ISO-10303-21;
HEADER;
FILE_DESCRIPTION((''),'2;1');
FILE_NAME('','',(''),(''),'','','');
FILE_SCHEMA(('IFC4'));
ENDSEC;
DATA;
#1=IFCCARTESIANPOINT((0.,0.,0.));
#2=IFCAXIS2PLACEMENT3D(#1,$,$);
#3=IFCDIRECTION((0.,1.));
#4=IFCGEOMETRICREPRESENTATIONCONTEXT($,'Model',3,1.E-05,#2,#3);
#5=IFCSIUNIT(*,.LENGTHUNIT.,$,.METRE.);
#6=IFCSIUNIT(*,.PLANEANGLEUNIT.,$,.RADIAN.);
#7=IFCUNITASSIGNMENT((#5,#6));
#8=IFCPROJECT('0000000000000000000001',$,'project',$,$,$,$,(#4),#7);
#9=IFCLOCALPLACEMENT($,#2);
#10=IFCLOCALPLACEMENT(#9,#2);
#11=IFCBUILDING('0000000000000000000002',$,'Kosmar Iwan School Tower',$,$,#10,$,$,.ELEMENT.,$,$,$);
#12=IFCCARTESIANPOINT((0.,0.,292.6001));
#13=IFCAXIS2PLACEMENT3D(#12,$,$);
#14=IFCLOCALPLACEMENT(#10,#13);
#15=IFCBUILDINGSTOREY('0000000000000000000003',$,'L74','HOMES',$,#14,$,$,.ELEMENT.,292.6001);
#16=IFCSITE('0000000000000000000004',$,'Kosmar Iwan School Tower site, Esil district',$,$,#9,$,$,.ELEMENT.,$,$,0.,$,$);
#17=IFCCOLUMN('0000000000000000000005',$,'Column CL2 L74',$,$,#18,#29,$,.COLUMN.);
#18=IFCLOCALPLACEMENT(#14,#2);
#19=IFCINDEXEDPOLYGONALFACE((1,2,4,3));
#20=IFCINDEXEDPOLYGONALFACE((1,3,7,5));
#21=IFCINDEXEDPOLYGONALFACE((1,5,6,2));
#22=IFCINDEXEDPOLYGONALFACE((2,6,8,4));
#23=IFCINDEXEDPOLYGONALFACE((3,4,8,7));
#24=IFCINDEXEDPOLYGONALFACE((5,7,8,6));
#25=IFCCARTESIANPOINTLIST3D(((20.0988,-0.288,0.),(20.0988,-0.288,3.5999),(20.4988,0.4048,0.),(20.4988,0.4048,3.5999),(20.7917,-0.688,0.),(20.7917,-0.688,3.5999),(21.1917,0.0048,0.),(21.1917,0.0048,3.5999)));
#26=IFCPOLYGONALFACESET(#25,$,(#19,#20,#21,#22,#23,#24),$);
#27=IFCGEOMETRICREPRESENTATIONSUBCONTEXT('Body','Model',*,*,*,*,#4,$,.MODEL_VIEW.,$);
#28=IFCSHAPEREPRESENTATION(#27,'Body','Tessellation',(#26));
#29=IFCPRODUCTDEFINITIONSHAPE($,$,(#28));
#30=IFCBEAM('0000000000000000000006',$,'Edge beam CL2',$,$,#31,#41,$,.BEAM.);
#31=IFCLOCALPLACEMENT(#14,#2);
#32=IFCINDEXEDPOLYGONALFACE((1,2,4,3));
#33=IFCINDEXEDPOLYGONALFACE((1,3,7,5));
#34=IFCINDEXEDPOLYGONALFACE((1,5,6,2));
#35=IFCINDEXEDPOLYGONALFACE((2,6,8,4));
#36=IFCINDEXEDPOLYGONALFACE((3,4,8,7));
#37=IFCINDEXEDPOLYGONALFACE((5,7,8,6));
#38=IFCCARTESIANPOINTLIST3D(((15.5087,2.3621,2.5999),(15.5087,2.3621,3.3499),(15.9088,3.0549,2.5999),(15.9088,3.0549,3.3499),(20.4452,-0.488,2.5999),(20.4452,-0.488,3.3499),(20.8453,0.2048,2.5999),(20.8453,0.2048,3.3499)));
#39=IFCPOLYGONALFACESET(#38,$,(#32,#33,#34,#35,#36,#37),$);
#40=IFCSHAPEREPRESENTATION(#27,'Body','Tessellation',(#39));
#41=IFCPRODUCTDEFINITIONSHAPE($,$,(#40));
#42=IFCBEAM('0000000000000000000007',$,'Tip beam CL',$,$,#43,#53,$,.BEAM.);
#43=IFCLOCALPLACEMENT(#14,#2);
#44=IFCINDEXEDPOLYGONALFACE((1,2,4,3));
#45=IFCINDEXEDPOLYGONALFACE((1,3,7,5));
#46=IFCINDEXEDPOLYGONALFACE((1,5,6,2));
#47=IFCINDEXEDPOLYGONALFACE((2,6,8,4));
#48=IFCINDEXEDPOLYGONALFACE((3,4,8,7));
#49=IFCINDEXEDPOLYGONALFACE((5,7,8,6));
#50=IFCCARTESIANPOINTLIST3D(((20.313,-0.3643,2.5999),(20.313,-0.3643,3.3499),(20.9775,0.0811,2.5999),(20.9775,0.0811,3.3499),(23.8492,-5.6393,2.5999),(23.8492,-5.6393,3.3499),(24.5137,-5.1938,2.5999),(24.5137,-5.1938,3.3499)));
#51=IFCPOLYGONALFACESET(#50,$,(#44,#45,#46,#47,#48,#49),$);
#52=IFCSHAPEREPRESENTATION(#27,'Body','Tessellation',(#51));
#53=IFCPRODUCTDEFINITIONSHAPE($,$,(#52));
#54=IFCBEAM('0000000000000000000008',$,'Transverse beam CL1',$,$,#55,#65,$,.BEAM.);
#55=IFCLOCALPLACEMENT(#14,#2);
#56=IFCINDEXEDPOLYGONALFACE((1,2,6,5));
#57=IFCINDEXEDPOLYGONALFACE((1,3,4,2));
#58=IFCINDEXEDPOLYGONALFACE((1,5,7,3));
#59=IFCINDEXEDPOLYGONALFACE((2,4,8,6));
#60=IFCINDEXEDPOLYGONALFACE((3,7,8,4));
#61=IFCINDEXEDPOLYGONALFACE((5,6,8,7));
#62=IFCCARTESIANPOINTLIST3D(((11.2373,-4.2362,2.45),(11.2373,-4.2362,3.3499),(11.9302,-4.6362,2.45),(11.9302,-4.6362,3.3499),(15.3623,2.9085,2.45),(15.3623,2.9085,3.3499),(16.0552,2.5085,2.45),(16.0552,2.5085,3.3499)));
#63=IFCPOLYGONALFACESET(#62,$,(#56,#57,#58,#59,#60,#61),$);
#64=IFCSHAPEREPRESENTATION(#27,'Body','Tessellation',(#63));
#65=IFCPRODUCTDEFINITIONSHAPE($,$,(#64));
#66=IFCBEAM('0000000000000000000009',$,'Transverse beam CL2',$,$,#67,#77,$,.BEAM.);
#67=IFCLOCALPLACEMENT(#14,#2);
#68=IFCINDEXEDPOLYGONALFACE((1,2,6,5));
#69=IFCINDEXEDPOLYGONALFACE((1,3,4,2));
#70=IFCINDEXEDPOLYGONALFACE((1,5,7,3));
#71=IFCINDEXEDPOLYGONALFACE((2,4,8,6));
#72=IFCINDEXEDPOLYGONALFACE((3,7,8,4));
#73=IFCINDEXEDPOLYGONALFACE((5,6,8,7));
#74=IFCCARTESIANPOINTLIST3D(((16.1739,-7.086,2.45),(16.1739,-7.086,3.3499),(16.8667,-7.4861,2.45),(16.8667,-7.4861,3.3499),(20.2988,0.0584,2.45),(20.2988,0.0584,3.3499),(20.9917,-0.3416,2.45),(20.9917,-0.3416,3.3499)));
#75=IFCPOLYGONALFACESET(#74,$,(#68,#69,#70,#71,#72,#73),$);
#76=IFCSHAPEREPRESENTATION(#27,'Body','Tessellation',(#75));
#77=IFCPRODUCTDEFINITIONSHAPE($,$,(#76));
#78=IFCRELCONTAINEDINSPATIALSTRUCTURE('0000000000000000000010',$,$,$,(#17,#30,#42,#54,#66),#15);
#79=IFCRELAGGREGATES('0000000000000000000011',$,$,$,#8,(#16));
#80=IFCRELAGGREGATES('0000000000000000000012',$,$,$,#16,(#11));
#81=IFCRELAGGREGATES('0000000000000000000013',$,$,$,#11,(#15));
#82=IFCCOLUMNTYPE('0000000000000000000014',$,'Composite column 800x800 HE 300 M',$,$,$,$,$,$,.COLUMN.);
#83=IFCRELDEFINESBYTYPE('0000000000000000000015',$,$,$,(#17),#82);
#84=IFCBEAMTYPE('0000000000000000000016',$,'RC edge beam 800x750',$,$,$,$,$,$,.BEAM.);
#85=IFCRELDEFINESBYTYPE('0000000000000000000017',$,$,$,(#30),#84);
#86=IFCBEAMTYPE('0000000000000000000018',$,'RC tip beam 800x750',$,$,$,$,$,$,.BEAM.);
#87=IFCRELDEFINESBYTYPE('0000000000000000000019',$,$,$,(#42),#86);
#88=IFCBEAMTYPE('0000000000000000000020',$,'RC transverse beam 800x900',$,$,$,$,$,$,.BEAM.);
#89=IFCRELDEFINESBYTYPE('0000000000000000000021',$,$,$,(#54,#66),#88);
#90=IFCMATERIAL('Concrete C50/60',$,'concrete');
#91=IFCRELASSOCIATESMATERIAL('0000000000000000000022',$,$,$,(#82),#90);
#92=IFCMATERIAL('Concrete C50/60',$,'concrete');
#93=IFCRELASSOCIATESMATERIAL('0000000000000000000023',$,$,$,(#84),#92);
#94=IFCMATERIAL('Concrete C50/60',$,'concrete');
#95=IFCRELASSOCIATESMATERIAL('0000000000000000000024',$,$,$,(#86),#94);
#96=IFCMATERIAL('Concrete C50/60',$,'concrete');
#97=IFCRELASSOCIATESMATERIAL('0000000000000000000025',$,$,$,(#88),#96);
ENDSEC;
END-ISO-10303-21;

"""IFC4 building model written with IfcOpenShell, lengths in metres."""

from ifc_helpers import new_model, si_unit, direction, frame, origin, origin_2d, place, context, subcontext, project, spatial, rectangle, extrude, material, material_profile, profile_set, type_object, element, save


model = new_model("IFC4")

# Units and contexts
model_context = context("Model", 3, precision=1e-05, world=origin(), true_north=direction((0.0, 1.0)))
body_context = subcontext(model_context, "Body", "Model", "MODEL_VIEW")
ifc_project = project(units=[si_unit("LENGTHUNIT", "METRE"), si_unit("PLANEANGLEUNIT", "RADIAN")], contexts=[model_context])

# Site, building, storey
site_placement = place(None, origin())
site = spatial("IfcSite", under=ifc_project, at=site_placement, Name="Kosmar Iwan School Tower site, Esil district", CompositionType="ELEMENT", RefElevation=0.0)
building_placement = place(site_placement, origin())
building = spatial("IfcBuilding", under=site, at=building_placement, Name="Kosmar Iwan School Tower", CompositionType="ELEMENT")
storey_placement = place(building_placement, frame((0.0, 0.0, 292.6001)))
storey = spatial("IfcBuildingStorey", under=building, at=storey_placement, Name="L74", Description="HOMES", CompositionType="ELEMENT", Elevation=292.6001)

# Column
ifc_material_1 = material(Name="Concrete C50/60", Category="concrete")
ifc_material_profile_1 = material_profile(ifc_material_1, rectangle(XDim=0.8, YDim=0.8, at=origin_2d()), Name="RC 800x800 + HE 300 M")
ifc_profile_set_1 = profile_set([ifc_material_profile_1], Name="Concrete C50/60")
column_type = type_object("IfcColumnType", Name="Composite column 800x800 HE 300 M", PredefinedType="COLUMN", material=ifc_profile_set_1)
column_placement = place(storey_placement, frame((20.6453, -0.1416, 0.0), z_axis=(0.0, 0.0, 1.0), x_axis=(0.866025, -0.5, 0.0)))
element("IfcColumn", 1, at=column_placement, inside=storey, type_object=column_type, Name="Column CL2 L74", PredefinedType="COLUMN", context=body_context, shape_type="SweptSolid", body=[
    extrude(rectangle(XDim=0.8, YDim=0.8, at=origin_2d()), origin(), (0.0, 0.0, 1.0), 3.5999),
])

# Beams
ifc_material_2 = material(Name="Concrete C50/60", Category="concrete")
ifc_material_profile_2 = material_profile(ifc_material_2, rectangle(XDim=0.8, YDim=0.75, at=origin_2d()), Name="RC 800x750")
ifc_profile_set_2 = profile_set([ifc_material_profile_2], Name="Concrete C50/60")
beam_type_1 = type_object("IfcBeamType", Name="RC edge beam 800x750", PredefinedType="BEAM", material=ifc_profile_set_2)
beam_1_placement = place(storey_placement, frame((15.7087, 2.7085, 2.9749), z_axis=(0.866026, -0.499999, 0.0), x_axis=(0.499999, 0.866026, 0.0)))
element("IfcBeam", 2, at=beam_1_placement, inside=storey, type_object=beam_type_1, Name="Edge beam CL2", PredefinedType="BEAM", context=body_context, shape_type="SweptSolid", body=[
    extrude(rectangle(XDim=0.8, YDim=0.75, at=origin_2d()), origin(), (0.0, 0.0, 1.0), 5.7002),
])
ifc_material_3 = material(Name="Concrete C50/60", Category="concrete")
ifc_material_profile_3 = material_profile(ifc_material_3, rectangle(XDim=0.8, YDim=0.75, at=origin_2d()), Name="RC 800x750")
ifc_profile_set_3 = profile_set([ifc_material_profile_3], Name="Concrete C50/60")
beam_type_2 = type_object("IfcBeamType", Name="RC tip beam 800x750", PredefinedType="BEAM", material=ifc_profile_set_3)
beam_2_placement = place(storey_placement, frame((20.6453, -0.1416, 2.9749), z_axis=(0.556828, -0.830628, 0.0), x_axis=(0.830628, 0.556828, 0.0)))
element("IfcBeam", 3, at=beam_2_placement, inside=storey, type_object=beam_type_2, Name="Tip beam CL", PredefinedType="BEAM", context=body_context, shape_type="SweptSolid", body=[
    extrude(rectangle(XDim=0.8, YDim=0.75, at=origin_2d()), origin(), (0.0, 0.0, 1.0), 6.3506),
])
ifc_material_4 = material(Name="Concrete C50/60", Category="concrete")
ifc_material_profile_4 = material_profile(ifc_material_4, rectangle(XDim=0.8, YDim=0.8999, at=origin_2d()), Name="RC 800x900")
ifc_profile_set_4 = profile_set([ifc_material_profile_4], Name="Concrete C50/60")
beam_type_3 = type_object("IfcBeamType", Name="RC transverse beam 800x900", PredefinedType="BEAM", material=ifc_profile_set_4)
beam_3_placement = place(storey_placement, frame((15.7087, 2.7085, 2.8999), z_axis=(-0.499997, -0.866027, 0.0), x_axis=(0.866027, -0.499997, 0.0)))
element("IfcBeam", 4, at=beam_3_placement, inside=storey, type_object=beam_type_3, Name="Transverse beam CL1", PredefinedType="BEAM", context=body_context, shape_type="SweptSolid", body=[
    extrude(rectangle(XDim=0.8, YDim=0.8999, at=origin_2d()), origin(), (0.0, 0.0, 1.0), 8.25),
])
beam_4_placement = place(storey_placement, frame((20.6453, -0.1416, 2.8999), z_axis=(-0.500009, -0.86602, 0.0), x_axis=(0.86602, -0.500009, 0.0)))
element("IfcBeam", 5, at=beam_4_placement, inside=storey, type_object=beam_type_3, Name="Transverse beam CL2", PredefinedType="BEAM", context=body_context, shape_type="SweptSolid", body=[
    extrude(rectangle(XDim=0.8, YDim=0.8999, at=origin_2d()), origin(), (0.0, 0.0, 1.0), 8.2498),
])

save(model, "model.ifc")
